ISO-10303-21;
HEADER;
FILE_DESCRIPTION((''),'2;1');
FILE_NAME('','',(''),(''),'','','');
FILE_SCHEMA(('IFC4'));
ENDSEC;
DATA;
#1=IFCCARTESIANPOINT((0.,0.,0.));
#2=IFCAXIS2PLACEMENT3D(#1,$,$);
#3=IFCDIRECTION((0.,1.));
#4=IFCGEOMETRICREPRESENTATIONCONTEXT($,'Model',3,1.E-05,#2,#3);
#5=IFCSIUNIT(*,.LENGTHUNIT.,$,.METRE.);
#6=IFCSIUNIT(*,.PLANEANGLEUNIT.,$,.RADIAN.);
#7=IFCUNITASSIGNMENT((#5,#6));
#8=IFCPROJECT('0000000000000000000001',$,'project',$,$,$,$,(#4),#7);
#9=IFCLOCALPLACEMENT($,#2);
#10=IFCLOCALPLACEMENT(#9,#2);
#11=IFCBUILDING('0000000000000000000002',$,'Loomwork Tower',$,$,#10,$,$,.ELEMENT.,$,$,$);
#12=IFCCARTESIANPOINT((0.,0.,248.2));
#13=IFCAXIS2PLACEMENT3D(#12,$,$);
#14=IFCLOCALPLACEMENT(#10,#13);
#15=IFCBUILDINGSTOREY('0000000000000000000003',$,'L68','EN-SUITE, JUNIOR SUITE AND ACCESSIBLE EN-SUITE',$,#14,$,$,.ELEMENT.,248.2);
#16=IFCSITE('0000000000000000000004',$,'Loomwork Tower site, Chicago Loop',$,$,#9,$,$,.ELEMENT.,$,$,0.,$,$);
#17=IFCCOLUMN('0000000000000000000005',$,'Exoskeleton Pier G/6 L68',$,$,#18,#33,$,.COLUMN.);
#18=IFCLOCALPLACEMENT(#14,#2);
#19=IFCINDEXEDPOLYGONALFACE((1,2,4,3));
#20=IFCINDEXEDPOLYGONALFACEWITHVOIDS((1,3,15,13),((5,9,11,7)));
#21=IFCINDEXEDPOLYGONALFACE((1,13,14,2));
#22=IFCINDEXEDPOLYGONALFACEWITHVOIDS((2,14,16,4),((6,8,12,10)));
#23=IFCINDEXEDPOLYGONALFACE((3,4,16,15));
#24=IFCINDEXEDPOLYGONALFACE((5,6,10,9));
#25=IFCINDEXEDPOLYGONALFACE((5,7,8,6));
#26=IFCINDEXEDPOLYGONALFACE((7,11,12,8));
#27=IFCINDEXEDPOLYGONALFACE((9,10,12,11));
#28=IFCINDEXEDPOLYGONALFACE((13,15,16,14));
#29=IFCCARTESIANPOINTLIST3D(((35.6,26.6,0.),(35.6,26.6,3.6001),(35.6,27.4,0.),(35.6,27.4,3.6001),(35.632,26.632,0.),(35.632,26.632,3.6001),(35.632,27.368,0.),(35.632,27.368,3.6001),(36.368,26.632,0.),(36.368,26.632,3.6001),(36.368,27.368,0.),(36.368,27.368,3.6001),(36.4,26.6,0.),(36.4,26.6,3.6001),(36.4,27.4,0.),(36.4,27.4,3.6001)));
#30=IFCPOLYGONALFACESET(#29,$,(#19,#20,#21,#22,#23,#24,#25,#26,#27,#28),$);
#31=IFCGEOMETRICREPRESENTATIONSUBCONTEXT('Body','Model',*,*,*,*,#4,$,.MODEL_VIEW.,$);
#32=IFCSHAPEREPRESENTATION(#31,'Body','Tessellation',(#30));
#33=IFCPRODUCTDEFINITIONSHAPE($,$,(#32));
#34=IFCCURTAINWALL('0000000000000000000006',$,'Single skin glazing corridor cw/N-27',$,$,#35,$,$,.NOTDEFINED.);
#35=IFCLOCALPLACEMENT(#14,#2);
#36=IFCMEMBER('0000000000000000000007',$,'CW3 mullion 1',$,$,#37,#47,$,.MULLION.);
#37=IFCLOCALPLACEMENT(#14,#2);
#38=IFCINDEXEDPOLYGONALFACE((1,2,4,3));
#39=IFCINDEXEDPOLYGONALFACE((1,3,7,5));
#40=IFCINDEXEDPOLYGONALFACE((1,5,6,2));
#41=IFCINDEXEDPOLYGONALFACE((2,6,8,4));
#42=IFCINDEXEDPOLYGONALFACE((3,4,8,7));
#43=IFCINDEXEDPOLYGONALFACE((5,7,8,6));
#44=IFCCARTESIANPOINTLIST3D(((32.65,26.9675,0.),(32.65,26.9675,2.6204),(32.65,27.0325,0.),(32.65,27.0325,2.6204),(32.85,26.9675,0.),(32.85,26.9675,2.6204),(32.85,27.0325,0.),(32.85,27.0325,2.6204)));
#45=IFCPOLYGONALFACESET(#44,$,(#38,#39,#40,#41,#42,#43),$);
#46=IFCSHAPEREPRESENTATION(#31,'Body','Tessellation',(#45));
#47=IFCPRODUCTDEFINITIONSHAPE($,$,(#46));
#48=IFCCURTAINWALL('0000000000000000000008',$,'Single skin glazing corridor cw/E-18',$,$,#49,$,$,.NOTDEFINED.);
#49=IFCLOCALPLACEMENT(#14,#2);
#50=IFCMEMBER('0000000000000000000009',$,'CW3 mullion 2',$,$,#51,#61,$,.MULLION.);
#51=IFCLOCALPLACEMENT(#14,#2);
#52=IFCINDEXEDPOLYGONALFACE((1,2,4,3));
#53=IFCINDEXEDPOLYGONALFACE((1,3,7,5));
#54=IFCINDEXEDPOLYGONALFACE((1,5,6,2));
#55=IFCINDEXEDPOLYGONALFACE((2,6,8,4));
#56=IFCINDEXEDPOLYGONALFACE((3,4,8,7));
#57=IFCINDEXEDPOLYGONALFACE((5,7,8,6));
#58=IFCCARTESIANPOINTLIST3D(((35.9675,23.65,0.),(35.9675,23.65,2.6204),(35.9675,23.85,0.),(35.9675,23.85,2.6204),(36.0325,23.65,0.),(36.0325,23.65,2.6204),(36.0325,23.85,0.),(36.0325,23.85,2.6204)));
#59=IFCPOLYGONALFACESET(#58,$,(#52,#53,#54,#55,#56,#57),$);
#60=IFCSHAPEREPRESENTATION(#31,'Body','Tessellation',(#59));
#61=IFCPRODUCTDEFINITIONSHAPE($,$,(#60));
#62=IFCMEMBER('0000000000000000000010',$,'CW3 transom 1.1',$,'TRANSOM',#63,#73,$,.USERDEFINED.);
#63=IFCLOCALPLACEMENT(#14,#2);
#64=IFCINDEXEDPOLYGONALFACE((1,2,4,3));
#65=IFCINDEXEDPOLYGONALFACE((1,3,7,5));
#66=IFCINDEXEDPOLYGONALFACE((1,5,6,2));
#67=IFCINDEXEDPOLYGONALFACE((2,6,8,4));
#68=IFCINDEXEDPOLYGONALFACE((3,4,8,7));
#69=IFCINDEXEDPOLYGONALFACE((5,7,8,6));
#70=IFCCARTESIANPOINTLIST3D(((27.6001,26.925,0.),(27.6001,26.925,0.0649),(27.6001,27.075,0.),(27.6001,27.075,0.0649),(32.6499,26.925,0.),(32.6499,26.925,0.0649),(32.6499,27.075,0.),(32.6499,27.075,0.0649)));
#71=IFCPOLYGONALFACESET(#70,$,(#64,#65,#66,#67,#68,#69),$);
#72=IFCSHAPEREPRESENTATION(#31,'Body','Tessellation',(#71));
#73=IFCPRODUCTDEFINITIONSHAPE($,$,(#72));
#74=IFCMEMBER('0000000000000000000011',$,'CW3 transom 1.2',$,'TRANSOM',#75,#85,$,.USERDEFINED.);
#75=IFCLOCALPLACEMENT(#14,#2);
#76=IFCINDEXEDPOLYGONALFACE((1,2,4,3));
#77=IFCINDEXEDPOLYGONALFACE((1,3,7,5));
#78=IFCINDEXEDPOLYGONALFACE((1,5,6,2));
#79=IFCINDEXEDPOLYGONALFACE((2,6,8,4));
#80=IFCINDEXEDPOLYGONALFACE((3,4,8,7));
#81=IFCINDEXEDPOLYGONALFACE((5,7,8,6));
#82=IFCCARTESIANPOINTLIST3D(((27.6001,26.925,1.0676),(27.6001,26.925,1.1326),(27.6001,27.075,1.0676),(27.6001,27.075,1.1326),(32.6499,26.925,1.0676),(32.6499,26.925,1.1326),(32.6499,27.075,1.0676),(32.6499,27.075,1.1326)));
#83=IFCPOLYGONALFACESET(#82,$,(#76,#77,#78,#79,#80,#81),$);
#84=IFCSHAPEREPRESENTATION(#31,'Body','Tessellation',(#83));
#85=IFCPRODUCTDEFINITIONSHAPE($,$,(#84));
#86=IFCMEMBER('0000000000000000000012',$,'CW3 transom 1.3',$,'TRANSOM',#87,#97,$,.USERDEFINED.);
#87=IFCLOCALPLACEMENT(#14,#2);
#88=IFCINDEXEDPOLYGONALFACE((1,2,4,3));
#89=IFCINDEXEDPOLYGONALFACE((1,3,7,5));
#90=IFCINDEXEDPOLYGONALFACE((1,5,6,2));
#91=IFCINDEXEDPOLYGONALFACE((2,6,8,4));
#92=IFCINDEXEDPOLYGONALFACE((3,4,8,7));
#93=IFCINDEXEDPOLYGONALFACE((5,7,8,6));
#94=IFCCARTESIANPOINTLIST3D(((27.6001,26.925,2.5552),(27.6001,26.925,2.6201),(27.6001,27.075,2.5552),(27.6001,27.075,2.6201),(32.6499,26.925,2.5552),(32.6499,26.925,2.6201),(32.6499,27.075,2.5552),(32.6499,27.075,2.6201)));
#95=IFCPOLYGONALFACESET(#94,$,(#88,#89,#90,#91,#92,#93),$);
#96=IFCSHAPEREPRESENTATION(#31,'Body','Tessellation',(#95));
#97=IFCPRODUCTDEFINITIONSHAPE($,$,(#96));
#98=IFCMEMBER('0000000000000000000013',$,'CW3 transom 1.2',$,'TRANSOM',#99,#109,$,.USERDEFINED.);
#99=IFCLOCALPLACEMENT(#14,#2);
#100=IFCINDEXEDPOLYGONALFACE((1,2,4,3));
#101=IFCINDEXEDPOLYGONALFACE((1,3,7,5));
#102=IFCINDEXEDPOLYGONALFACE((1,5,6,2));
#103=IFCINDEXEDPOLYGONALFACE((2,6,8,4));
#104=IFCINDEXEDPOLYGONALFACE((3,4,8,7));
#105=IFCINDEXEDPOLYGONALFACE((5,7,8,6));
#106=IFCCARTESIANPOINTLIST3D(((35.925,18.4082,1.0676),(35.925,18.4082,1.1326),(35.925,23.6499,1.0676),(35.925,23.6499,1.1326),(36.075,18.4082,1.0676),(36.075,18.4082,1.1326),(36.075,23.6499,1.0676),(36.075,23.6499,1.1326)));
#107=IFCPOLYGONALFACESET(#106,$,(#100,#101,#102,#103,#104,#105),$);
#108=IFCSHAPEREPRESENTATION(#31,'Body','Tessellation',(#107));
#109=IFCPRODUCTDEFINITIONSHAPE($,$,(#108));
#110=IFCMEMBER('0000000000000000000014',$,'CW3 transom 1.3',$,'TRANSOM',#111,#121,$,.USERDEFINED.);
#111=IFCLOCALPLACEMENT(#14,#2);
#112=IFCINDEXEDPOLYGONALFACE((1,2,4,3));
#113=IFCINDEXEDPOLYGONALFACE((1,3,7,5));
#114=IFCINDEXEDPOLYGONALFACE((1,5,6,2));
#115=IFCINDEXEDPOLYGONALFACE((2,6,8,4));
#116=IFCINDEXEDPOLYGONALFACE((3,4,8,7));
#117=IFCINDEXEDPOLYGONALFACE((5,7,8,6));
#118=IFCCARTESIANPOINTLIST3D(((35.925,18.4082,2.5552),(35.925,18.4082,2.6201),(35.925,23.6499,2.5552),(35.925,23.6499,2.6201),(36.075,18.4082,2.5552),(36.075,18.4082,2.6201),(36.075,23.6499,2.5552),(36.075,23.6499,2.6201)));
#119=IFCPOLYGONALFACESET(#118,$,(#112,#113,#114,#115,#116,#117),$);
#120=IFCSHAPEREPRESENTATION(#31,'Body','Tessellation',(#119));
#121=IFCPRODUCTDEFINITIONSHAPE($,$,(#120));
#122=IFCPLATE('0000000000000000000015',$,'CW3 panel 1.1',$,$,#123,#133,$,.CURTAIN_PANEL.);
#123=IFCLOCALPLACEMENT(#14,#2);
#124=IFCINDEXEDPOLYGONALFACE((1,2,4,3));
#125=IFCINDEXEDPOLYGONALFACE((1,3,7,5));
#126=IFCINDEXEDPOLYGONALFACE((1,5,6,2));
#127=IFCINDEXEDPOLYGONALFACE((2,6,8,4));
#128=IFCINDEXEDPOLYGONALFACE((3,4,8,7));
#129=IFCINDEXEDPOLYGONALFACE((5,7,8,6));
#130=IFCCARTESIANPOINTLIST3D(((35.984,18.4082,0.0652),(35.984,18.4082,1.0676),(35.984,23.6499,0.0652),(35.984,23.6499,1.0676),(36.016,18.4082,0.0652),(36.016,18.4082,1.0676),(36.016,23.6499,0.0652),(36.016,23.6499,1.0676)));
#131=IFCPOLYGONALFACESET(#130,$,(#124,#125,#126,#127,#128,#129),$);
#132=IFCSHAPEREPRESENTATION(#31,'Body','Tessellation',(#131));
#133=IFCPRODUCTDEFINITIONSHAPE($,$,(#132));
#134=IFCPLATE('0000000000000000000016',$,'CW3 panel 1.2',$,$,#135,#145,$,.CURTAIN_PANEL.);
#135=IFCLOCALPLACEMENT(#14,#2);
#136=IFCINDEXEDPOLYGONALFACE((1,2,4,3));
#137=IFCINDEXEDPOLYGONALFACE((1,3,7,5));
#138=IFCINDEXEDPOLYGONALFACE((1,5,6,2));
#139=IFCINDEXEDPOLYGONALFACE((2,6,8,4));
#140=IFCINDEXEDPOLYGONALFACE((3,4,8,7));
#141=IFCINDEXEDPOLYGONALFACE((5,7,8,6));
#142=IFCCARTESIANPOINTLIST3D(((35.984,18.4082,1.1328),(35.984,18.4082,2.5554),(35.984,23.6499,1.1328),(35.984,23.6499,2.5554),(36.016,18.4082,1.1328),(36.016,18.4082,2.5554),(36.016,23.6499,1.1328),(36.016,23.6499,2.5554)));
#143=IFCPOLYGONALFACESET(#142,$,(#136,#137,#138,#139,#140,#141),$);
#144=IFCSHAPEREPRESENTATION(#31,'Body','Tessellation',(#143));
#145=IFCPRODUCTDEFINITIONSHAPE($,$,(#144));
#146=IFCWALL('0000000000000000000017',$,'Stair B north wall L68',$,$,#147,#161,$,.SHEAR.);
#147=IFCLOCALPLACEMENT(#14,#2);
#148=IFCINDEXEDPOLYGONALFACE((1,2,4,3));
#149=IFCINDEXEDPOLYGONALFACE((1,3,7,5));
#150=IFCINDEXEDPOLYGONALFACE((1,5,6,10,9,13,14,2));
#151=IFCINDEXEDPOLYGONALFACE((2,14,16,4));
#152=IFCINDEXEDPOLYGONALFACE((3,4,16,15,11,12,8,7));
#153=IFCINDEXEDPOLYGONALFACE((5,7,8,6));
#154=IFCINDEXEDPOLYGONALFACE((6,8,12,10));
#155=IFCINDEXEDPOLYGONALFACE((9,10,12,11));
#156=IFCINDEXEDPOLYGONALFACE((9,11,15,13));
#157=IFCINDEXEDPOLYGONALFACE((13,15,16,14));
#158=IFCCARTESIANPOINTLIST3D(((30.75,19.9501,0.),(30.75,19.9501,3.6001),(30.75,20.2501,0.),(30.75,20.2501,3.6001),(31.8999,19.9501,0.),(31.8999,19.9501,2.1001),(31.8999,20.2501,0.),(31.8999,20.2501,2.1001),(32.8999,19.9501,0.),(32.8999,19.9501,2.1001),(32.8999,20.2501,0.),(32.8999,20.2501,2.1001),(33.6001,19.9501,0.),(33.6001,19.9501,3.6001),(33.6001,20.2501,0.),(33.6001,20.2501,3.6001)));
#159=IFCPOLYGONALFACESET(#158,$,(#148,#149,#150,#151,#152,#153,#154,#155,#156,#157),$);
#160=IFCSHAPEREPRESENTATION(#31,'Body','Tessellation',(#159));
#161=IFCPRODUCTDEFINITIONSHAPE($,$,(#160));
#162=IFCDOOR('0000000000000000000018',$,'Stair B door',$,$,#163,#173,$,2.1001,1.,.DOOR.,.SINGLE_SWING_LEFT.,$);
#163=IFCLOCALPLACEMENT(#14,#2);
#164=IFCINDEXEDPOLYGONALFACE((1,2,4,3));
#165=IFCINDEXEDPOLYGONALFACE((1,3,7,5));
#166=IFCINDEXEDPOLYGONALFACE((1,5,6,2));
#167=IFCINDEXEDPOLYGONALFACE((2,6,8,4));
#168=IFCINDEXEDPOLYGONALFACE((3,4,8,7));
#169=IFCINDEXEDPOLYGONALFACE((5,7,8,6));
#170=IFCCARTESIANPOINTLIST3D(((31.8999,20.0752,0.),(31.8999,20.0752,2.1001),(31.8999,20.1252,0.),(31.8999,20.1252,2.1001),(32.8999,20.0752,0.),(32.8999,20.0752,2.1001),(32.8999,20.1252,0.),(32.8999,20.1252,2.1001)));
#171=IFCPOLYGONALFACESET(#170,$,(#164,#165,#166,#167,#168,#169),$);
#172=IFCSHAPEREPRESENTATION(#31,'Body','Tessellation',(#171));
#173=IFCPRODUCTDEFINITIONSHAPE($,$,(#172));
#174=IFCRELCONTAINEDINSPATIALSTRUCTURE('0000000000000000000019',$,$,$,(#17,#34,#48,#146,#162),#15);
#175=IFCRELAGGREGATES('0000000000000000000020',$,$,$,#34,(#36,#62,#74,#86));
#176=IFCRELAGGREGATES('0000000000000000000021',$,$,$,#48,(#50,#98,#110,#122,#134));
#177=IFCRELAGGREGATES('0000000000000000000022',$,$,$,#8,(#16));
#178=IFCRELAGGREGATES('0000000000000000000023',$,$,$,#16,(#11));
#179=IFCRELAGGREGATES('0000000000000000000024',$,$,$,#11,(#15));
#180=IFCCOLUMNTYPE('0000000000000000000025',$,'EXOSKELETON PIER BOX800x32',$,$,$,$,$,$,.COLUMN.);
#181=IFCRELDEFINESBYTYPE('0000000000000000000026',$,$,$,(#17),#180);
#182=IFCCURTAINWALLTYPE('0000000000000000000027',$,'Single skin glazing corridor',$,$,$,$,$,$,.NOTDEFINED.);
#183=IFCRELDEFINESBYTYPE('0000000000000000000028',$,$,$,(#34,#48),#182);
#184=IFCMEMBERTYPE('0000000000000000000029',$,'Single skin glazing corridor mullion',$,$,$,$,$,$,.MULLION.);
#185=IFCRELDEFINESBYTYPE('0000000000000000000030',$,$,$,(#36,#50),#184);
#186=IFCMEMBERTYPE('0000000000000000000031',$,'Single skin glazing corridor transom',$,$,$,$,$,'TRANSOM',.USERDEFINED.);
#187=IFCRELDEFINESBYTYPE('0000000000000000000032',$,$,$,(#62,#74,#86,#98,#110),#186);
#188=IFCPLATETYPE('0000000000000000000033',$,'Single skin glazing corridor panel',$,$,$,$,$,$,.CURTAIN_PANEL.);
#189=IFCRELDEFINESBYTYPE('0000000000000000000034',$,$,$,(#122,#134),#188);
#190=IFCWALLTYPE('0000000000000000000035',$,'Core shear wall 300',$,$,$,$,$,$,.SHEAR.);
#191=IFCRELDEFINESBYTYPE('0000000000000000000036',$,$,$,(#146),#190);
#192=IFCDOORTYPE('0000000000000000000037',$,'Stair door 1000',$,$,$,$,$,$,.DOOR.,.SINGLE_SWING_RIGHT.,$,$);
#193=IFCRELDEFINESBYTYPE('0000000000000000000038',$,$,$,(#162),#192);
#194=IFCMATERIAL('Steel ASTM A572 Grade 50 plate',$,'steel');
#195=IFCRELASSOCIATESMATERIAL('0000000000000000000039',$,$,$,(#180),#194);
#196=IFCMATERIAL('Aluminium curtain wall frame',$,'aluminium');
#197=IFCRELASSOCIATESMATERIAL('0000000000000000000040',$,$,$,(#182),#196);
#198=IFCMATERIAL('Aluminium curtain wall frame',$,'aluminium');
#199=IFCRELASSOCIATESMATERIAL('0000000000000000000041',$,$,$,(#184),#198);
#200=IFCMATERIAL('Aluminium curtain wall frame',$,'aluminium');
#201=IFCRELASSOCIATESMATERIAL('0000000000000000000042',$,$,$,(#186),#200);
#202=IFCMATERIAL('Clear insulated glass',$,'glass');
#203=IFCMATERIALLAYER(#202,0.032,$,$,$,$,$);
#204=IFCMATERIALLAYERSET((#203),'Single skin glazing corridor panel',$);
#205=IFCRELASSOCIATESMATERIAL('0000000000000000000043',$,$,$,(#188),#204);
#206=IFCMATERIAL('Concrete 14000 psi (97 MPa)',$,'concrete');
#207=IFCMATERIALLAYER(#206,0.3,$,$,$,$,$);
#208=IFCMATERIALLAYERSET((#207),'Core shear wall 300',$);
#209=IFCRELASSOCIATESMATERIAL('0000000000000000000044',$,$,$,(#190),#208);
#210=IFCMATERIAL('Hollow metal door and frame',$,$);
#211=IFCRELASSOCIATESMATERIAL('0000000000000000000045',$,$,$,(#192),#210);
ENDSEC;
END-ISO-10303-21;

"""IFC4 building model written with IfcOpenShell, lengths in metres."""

from ifc_helpers import new_model, si_unit, direction, frame, frame_2d, origin, origin_2d, place, context, subcontext, project, spatial, rectangle, hollow_rectangle, extrude, material, layer, layer_set, material_profile, profile_set, type_object, element, fill, aggregate, save


model = new_model("IFC4")

# Units and contexts
model_context = context("Model", 3, precision=1e-05, world=origin(), true_north=direction((0.0, 1.0)))
body_context = subcontext(model_context, "Body", "Model", "MODEL_VIEW")
ifc_project = project(units=[si_unit("LENGTHUNIT", "METRE"), si_unit("PLANEANGLEUNIT", "RADIAN")], contexts=[model_context])

# Site, building, storey
site_placement = place(None, origin())
site = spatial("IfcSite", under=ifc_project, at=site_placement, Name="Loomwork Tower site, Chicago Loop", CompositionType="ELEMENT", RefElevation=0.0)
building_placement = place(site_placement, origin())
building = spatial("IfcBuilding", under=site, at=building_placement, Name="Loomwork Tower", CompositionType="ELEMENT")
storey_placement = place(building_placement, frame((0.0, 0.0, 248.2)))
storey = spatial("IfcBuildingStorey", under=building, at=storey_placement, Name="L68", Description="EN-SUITE, JUNIOR SUITE AND ACCESSIBLE EN-SUITE", CompositionType="ELEMENT", Elevation=248.2)

# Column
ifc_material_1 = material(Name="Steel ASTM A572 Grade 50 plate", Category="steel")
ifc_material_profile_1 = material_profile(ifc_material_1, hollow_rectangle(XDim=0.8, YDim=0.8, WallThickness=0.032, at=origin_2d()), Name="BOX800x32")
ifc_profile_set_1 = profile_set([ifc_material_profile_1], Name="Steel ASTM A572 Grade 50 plate")
column_type = type_object("IfcColumnType", Name="EXOSKELETON PIER BOX800x32", PredefinedType="COLUMN", material=ifc_profile_set_1)
column_placement = place(storey_placement, frame((36.0, 27.0, 0.0), z_axis=(0.0, 0.0, 1.0), x_axis=(1.0, 0.0, 0.0)))
element("IfcColumn", 1, at=column_placement, inside=storey, type_object=column_type, Name="Exoskeleton Pier G/6 L68", PredefinedType="COLUMN", context=body_context, shape_type="SweptSolid", body=[
    extrude(hollow_rectangle(XDim=0.8, YDim=0.8, WallThickness=0.032, at=origin_2d()), origin(), (0.0, 0.0, 1.0), 3.6001),
])

# Curtain walls, members
ifc_material_2 = material(Name="Aluminium curtain wall frame", Category="aluminium")
curtain_wall_type = type_object("IfcCurtainWallType", Name="Single skin glazing corridor", PredefinedType="NOTDEFINED", material=ifc_material_2)
curtain_wall_1_placement = place(storey_placement, origin())
curtain_wall_1 = element("IfcCurtainWall", 2, at=curtain_wall_1_placement, inside=storey, type_object=curtain_wall_type, Name="Single skin glazing corridor cw/N-27", PredefinedType="NOTDEFINED")
ifc_material_3 = material(Name="Aluminium curtain wall frame", Category="aluminium")
ifc_material_profile_2 = material_profile(ifc_material_3, rectangle(XDim=0.0649, YDim=0.2, at=origin_2d()), Name="AL 65x200")
ifc_profile_set_2 = profile_set([ifc_material_profile_2], Name="Aluminium curtain wall frame")
member_type_1 = type_object("IfcMemberType", Name="Single skin glazing corridor mullion", PredefinedType="MULLION", material=ifc_profile_set_2)
member_1_placement = place(storey_placement, frame((32.75, 27.0, 0.0), z_axis=(0.0, 0.0, 1.0), x_axis=(0.0, -1.0, 0.0)))
member_1 = element("IfcMember", 3, at=member_1_placement, type_object=member_type_1, Name="CW3 mullion 1", PredefinedType="MULLION", context=body_context, shape_type="SweptSolid", body=[
    extrude(rectangle(XDim=0.0649, YDim=0.2, at=origin_2d()), origin(), (0.0, 0.0, 1.0), 2.6204),
])
curtain_wall_2_placement = place(storey_placement, origin())
curtain_wall_2 = element("IfcCurtainWall", 4, at=curtain_wall_2_placement, inside=storey, type_object=curtain_wall_type, Name="Single skin glazing corridor cw/E-18", PredefinedType="NOTDEFINED")
member_2_placement = place(storey_placement, frame((36.0, 23.75, 0.0), z_axis=(0.0, 0.0, 1.0), x_axis=(-1.0, 0.0, 0.0)))
member_2 = element("IfcMember", 5, at=member_2_placement, type_object=member_type_1, Name="CW3 mullion 2", PredefinedType="MULLION", context=body_context, shape_type="SweptSolid", body=[
    extrude(rectangle(XDim=0.0649, YDim=0.2, at=origin_2d()), origin(), (0.0, 0.0, 1.0), 2.6204),
])

# Members
ifc_material_4 = material(Name="Aluminium curtain wall frame", Category="aluminium")
ifc_material_profile_3 = material_profile(ifc_material_4, rectangle(XDim=0.1499, YDim=0.0649, at=origin_2d()), Name="AL 65x150")
ifc_profile_set_3 = profile_set([ifc_material_profile_3], Name="Aluminium curtain wall frame")
member_type_2 = type_object("IfcMemberType", Name="Single skin glazing corridor transom", ElementType="TRANSOM", PredefinedType="USERDEFINED", material=ifc_profile_set_3)
member_3_placement = place(storey_placement, frame((32.6499, 27.0, 0.0325), z_axis=(-1.0, 0.0, 0.0), x_axis=(0.0, -1.0, 0.0)))
member_3 = element("IfcMember", 6, at=member_3_placement, type_object=member_type_2, Name="CW3 transom 1.1", ObjectType="TRANSOM", PredefinedType="USERDEFINED", context=body_context, shape_type="SweptSolid", body=[
    extrude(rectangle(XDim=0.1499, YDim=0.0649, at=origin_2d()), origin(), (0.0, 0.0, 1.0), 5.0498),
])
member_4_placement = place(storey_placement, frame((32.6499, 27.0, 1.1001), z_axis=(-1.0, 0.0, 0.0), x_axis=(0.0, -1.0, 0.0)))
member_4 = element("IfcMember", 7, at=member_4_placement, type_object=member_type_2, Name="CW3 transom 1.2", ObjectType="TRANSOM", PredefinedType="USERDEFINED", context=body_context, shape_type="SweptSolid", body=[
    extrude(rectangle(XDim=0.1499, YDim=0.0649, at=origin_2d()), origin(), (0.0, 0.0, 1.0), 5.0498),
])
member_5_placement = place(storey_placement, frame((32.6499, 27.0, 2.5876), z_axis=(-1.0, 0.0, 0.0), x_axis=(0.0, -1.0, 0.0)))
member_5 = element("IfcMember", 8, at=member_5_placement, type_object=member_type_2, Name="CW3 transom 1.3", ObjectType="TRANSOM", PredefinedType="USERDEFINED", context=body_context, shape_type="SweptSolid", body=[
    extrude(rectangle(XDim=0.1499, YDim=0.0649, at=origin_2d()), origin(), (0.0, 0.0, 1.0), 5.0498),
])
aggregate(curtain_wall_1, [member_1, member_3, member_4, member_5])
member_6_placement = place(storey_placement, frame((36.0, 18.4082, 1.1001), z_axis=(0.0, 1.0, 0.0), x_axis=(-1.0, 0.0, 0.0)))
member_6 = element("IfcMember", 9, at=member_6_placement, type_object=member_type_2, Name="CW3 transom 1.2", ObjectType="TRANSOM", PredefinedType="USERDEFINED", context=body_context, shape_type="SweptSolid", body=[
    extrude(rectangle(XDim=0.1499, YDim=0.0649, at=origin_2d()), origin(), (0.0, 0.0, 1.0), 5.2417),
])
member_7_placement = place(storey_placement, frame((36.0, 18.4082, 2.5876), z_axis=(0.0, 1.0, 0.0), x_axis=(-1.0, 0.0, 0.0)))
member_7 = element("IfcMember", 10, at=member_7_placement, type_object=member_type_2, Name="CW3 transom 1.3", ObjectType="TRANSOM", PredefinedType="USERDEFINED", context=body_context, shape_type="SweptSolid", body=[
    extrude(rectangle(XDim=0.1499, YDim=0.0649, at=origin_2d()), origin(), (0.0, 0.0, 1.0), 5.2417),
])

# Plates
ifc_material_5 = material(Name="Clear insulated glass", Category="glass")
ifc_layer_1 = layer(ifc_material_5, 0.032)
ifc_layer_set_1 = layer_set([ifc_layer_1], Name="Single skin glazing corridor panel")
plate_type = type_object("IfcPlateType", Name="Single skin glazing corridor panel", PredefinedType="CURTAIN_PANEL", material=ifc_layer_set_1)
plate_1_placement = place(storey_placement, frame((36.0, 21.0291, 0.0652), z_axis=(0.0, 0.0, 1.0), x_axis=(0.0, 1.0, 0.0)))
plate_1 = element("IfcPlate", 11, at=plate_1_placement, type_object=plate_type, Name="CW3 panel 1.1", PredefinedType="CURTAIN_PANEL", context=body_context, shape_type="SweptSolid", body=[
    extrude(rectangle(XDim=5.2417, YDim=0.032, at=origin_2d()), origin(), (0.0, 0.0, 1.0), 1.0024),
])
plate_2_placement = place(storey_placement, frame((36.0, 21.0291, 1.1328), z_axis=(0.0, 0.0, 1.0), x_axis=(0.0, 1.0, 0.0)))
plate_2 = element("IfcPlate", 12, at=plate_2_placement, type_object=plate_type, Name="CW3 panel 1.2", PredefinedType="CURTAIN_PANEL", context=body_context, shape_type="SweptSolid", body=[
    extrude(rectangle(XDim=5.2417, YDim=0.032, at=origin_2d()), origin(), (0.0, 0.0, 1.0), 1.4226),
])
aggregate(curtain_wall_2, [member_2, member_6, member_7, plate_1, plate_2])

# Wall, opening, door
ifc_material_6 = material(Name="Concrete 14000 psi (97 MPa)", Category="concrete")
ifc_layer_2 = layer(ifc_material_6, 0.3)
ifc_layer_set_2 = layer_set([ifc_layer_2], Name="Core shear wall 300")
wall_type_1 = type_object("IfcWallType", Name="Core shear wall 300", PredefinedType="SHEAR", material=ifc_layer_set_2)
wall_1_placement = place(storey_placement, frame((30.75, 20.1001, 0.0), z_axis=(0.0, 0.0, 1.0), x_axis=(1.0, 0.0, 0.0)))
wall_1 = element("IfcWall", 13, at=wall_1_placement, inside=storey, type_object=wall_type_1, Name="Stair B north wall L68", PredefinedType="SHEAR", context=body_context, shape_type="SweptSolid", body=[
    extrude(rectangle(XDim=2.8501, YDim=0.3, at=frame_2d((1.425, 0.0))), origin(), (0.0, 0.0, 1.0), 3.6001),
])
opening_1_placement = place(wall_1_placement, frame((1.1499, 0.0, 0.0)))
opening_1 = element("IfcOpeningElement", 14, at=opening_1_placement, cuts=wall_1, PredefinedType="OPENING", context=body_context, shape_type="SweptSolid", body=[
    extrude(rectangle(XDim=1.0, YDim=2.1001, at=frame_2d((0.5, 1.05))), frame((0.0, 0.1599, 0.0), z_axis=(0.0, -1.0, 0.0), x_axis=(1.0, 0.0, 0.0)), (0.0, 0.0, 1.0), 0.3201),
])
ifc_material_7 = material(Name="Hollow metal door and frame")
door_type = type_object("IfcDoorType", Name="Stair door 1000", OperationType="SINGLE_SWING_RIGHT", PredefinedType="DOOR", material=ifc_material_7)
door_placement = place(opening_1_placement, frame((1.0, 0.0, 0.0), z_axis=(0.0, 0.0, 1.0), x_axis=(-1.0, 0.0, 0.0)))
door = element("IfcDoor", 15, at=door_placement, inside=storey, type_object=door_type, Name="Stair B door", OperationType="SINGLE_SWING_LEFT", OverallHeight=2.1001, OverallWidth=1.0, PredefinedType="DOOR", context=body_context, shape_type="SweptSolid", body=[
    extrude(rectangle(XDim=1.0, YDim=2.1001, at=frame_2d((0.5, 1.05))), frame((0.0, 0.0249, 0.0), z_axis=(0.0, -1.0, 0.0), x_axis=(1.0, 0.0, 0.0)), (0.0, 0.0, 1.0), 0.05),
])
fill(opening_1, door)

save(model, "model.ifc")
